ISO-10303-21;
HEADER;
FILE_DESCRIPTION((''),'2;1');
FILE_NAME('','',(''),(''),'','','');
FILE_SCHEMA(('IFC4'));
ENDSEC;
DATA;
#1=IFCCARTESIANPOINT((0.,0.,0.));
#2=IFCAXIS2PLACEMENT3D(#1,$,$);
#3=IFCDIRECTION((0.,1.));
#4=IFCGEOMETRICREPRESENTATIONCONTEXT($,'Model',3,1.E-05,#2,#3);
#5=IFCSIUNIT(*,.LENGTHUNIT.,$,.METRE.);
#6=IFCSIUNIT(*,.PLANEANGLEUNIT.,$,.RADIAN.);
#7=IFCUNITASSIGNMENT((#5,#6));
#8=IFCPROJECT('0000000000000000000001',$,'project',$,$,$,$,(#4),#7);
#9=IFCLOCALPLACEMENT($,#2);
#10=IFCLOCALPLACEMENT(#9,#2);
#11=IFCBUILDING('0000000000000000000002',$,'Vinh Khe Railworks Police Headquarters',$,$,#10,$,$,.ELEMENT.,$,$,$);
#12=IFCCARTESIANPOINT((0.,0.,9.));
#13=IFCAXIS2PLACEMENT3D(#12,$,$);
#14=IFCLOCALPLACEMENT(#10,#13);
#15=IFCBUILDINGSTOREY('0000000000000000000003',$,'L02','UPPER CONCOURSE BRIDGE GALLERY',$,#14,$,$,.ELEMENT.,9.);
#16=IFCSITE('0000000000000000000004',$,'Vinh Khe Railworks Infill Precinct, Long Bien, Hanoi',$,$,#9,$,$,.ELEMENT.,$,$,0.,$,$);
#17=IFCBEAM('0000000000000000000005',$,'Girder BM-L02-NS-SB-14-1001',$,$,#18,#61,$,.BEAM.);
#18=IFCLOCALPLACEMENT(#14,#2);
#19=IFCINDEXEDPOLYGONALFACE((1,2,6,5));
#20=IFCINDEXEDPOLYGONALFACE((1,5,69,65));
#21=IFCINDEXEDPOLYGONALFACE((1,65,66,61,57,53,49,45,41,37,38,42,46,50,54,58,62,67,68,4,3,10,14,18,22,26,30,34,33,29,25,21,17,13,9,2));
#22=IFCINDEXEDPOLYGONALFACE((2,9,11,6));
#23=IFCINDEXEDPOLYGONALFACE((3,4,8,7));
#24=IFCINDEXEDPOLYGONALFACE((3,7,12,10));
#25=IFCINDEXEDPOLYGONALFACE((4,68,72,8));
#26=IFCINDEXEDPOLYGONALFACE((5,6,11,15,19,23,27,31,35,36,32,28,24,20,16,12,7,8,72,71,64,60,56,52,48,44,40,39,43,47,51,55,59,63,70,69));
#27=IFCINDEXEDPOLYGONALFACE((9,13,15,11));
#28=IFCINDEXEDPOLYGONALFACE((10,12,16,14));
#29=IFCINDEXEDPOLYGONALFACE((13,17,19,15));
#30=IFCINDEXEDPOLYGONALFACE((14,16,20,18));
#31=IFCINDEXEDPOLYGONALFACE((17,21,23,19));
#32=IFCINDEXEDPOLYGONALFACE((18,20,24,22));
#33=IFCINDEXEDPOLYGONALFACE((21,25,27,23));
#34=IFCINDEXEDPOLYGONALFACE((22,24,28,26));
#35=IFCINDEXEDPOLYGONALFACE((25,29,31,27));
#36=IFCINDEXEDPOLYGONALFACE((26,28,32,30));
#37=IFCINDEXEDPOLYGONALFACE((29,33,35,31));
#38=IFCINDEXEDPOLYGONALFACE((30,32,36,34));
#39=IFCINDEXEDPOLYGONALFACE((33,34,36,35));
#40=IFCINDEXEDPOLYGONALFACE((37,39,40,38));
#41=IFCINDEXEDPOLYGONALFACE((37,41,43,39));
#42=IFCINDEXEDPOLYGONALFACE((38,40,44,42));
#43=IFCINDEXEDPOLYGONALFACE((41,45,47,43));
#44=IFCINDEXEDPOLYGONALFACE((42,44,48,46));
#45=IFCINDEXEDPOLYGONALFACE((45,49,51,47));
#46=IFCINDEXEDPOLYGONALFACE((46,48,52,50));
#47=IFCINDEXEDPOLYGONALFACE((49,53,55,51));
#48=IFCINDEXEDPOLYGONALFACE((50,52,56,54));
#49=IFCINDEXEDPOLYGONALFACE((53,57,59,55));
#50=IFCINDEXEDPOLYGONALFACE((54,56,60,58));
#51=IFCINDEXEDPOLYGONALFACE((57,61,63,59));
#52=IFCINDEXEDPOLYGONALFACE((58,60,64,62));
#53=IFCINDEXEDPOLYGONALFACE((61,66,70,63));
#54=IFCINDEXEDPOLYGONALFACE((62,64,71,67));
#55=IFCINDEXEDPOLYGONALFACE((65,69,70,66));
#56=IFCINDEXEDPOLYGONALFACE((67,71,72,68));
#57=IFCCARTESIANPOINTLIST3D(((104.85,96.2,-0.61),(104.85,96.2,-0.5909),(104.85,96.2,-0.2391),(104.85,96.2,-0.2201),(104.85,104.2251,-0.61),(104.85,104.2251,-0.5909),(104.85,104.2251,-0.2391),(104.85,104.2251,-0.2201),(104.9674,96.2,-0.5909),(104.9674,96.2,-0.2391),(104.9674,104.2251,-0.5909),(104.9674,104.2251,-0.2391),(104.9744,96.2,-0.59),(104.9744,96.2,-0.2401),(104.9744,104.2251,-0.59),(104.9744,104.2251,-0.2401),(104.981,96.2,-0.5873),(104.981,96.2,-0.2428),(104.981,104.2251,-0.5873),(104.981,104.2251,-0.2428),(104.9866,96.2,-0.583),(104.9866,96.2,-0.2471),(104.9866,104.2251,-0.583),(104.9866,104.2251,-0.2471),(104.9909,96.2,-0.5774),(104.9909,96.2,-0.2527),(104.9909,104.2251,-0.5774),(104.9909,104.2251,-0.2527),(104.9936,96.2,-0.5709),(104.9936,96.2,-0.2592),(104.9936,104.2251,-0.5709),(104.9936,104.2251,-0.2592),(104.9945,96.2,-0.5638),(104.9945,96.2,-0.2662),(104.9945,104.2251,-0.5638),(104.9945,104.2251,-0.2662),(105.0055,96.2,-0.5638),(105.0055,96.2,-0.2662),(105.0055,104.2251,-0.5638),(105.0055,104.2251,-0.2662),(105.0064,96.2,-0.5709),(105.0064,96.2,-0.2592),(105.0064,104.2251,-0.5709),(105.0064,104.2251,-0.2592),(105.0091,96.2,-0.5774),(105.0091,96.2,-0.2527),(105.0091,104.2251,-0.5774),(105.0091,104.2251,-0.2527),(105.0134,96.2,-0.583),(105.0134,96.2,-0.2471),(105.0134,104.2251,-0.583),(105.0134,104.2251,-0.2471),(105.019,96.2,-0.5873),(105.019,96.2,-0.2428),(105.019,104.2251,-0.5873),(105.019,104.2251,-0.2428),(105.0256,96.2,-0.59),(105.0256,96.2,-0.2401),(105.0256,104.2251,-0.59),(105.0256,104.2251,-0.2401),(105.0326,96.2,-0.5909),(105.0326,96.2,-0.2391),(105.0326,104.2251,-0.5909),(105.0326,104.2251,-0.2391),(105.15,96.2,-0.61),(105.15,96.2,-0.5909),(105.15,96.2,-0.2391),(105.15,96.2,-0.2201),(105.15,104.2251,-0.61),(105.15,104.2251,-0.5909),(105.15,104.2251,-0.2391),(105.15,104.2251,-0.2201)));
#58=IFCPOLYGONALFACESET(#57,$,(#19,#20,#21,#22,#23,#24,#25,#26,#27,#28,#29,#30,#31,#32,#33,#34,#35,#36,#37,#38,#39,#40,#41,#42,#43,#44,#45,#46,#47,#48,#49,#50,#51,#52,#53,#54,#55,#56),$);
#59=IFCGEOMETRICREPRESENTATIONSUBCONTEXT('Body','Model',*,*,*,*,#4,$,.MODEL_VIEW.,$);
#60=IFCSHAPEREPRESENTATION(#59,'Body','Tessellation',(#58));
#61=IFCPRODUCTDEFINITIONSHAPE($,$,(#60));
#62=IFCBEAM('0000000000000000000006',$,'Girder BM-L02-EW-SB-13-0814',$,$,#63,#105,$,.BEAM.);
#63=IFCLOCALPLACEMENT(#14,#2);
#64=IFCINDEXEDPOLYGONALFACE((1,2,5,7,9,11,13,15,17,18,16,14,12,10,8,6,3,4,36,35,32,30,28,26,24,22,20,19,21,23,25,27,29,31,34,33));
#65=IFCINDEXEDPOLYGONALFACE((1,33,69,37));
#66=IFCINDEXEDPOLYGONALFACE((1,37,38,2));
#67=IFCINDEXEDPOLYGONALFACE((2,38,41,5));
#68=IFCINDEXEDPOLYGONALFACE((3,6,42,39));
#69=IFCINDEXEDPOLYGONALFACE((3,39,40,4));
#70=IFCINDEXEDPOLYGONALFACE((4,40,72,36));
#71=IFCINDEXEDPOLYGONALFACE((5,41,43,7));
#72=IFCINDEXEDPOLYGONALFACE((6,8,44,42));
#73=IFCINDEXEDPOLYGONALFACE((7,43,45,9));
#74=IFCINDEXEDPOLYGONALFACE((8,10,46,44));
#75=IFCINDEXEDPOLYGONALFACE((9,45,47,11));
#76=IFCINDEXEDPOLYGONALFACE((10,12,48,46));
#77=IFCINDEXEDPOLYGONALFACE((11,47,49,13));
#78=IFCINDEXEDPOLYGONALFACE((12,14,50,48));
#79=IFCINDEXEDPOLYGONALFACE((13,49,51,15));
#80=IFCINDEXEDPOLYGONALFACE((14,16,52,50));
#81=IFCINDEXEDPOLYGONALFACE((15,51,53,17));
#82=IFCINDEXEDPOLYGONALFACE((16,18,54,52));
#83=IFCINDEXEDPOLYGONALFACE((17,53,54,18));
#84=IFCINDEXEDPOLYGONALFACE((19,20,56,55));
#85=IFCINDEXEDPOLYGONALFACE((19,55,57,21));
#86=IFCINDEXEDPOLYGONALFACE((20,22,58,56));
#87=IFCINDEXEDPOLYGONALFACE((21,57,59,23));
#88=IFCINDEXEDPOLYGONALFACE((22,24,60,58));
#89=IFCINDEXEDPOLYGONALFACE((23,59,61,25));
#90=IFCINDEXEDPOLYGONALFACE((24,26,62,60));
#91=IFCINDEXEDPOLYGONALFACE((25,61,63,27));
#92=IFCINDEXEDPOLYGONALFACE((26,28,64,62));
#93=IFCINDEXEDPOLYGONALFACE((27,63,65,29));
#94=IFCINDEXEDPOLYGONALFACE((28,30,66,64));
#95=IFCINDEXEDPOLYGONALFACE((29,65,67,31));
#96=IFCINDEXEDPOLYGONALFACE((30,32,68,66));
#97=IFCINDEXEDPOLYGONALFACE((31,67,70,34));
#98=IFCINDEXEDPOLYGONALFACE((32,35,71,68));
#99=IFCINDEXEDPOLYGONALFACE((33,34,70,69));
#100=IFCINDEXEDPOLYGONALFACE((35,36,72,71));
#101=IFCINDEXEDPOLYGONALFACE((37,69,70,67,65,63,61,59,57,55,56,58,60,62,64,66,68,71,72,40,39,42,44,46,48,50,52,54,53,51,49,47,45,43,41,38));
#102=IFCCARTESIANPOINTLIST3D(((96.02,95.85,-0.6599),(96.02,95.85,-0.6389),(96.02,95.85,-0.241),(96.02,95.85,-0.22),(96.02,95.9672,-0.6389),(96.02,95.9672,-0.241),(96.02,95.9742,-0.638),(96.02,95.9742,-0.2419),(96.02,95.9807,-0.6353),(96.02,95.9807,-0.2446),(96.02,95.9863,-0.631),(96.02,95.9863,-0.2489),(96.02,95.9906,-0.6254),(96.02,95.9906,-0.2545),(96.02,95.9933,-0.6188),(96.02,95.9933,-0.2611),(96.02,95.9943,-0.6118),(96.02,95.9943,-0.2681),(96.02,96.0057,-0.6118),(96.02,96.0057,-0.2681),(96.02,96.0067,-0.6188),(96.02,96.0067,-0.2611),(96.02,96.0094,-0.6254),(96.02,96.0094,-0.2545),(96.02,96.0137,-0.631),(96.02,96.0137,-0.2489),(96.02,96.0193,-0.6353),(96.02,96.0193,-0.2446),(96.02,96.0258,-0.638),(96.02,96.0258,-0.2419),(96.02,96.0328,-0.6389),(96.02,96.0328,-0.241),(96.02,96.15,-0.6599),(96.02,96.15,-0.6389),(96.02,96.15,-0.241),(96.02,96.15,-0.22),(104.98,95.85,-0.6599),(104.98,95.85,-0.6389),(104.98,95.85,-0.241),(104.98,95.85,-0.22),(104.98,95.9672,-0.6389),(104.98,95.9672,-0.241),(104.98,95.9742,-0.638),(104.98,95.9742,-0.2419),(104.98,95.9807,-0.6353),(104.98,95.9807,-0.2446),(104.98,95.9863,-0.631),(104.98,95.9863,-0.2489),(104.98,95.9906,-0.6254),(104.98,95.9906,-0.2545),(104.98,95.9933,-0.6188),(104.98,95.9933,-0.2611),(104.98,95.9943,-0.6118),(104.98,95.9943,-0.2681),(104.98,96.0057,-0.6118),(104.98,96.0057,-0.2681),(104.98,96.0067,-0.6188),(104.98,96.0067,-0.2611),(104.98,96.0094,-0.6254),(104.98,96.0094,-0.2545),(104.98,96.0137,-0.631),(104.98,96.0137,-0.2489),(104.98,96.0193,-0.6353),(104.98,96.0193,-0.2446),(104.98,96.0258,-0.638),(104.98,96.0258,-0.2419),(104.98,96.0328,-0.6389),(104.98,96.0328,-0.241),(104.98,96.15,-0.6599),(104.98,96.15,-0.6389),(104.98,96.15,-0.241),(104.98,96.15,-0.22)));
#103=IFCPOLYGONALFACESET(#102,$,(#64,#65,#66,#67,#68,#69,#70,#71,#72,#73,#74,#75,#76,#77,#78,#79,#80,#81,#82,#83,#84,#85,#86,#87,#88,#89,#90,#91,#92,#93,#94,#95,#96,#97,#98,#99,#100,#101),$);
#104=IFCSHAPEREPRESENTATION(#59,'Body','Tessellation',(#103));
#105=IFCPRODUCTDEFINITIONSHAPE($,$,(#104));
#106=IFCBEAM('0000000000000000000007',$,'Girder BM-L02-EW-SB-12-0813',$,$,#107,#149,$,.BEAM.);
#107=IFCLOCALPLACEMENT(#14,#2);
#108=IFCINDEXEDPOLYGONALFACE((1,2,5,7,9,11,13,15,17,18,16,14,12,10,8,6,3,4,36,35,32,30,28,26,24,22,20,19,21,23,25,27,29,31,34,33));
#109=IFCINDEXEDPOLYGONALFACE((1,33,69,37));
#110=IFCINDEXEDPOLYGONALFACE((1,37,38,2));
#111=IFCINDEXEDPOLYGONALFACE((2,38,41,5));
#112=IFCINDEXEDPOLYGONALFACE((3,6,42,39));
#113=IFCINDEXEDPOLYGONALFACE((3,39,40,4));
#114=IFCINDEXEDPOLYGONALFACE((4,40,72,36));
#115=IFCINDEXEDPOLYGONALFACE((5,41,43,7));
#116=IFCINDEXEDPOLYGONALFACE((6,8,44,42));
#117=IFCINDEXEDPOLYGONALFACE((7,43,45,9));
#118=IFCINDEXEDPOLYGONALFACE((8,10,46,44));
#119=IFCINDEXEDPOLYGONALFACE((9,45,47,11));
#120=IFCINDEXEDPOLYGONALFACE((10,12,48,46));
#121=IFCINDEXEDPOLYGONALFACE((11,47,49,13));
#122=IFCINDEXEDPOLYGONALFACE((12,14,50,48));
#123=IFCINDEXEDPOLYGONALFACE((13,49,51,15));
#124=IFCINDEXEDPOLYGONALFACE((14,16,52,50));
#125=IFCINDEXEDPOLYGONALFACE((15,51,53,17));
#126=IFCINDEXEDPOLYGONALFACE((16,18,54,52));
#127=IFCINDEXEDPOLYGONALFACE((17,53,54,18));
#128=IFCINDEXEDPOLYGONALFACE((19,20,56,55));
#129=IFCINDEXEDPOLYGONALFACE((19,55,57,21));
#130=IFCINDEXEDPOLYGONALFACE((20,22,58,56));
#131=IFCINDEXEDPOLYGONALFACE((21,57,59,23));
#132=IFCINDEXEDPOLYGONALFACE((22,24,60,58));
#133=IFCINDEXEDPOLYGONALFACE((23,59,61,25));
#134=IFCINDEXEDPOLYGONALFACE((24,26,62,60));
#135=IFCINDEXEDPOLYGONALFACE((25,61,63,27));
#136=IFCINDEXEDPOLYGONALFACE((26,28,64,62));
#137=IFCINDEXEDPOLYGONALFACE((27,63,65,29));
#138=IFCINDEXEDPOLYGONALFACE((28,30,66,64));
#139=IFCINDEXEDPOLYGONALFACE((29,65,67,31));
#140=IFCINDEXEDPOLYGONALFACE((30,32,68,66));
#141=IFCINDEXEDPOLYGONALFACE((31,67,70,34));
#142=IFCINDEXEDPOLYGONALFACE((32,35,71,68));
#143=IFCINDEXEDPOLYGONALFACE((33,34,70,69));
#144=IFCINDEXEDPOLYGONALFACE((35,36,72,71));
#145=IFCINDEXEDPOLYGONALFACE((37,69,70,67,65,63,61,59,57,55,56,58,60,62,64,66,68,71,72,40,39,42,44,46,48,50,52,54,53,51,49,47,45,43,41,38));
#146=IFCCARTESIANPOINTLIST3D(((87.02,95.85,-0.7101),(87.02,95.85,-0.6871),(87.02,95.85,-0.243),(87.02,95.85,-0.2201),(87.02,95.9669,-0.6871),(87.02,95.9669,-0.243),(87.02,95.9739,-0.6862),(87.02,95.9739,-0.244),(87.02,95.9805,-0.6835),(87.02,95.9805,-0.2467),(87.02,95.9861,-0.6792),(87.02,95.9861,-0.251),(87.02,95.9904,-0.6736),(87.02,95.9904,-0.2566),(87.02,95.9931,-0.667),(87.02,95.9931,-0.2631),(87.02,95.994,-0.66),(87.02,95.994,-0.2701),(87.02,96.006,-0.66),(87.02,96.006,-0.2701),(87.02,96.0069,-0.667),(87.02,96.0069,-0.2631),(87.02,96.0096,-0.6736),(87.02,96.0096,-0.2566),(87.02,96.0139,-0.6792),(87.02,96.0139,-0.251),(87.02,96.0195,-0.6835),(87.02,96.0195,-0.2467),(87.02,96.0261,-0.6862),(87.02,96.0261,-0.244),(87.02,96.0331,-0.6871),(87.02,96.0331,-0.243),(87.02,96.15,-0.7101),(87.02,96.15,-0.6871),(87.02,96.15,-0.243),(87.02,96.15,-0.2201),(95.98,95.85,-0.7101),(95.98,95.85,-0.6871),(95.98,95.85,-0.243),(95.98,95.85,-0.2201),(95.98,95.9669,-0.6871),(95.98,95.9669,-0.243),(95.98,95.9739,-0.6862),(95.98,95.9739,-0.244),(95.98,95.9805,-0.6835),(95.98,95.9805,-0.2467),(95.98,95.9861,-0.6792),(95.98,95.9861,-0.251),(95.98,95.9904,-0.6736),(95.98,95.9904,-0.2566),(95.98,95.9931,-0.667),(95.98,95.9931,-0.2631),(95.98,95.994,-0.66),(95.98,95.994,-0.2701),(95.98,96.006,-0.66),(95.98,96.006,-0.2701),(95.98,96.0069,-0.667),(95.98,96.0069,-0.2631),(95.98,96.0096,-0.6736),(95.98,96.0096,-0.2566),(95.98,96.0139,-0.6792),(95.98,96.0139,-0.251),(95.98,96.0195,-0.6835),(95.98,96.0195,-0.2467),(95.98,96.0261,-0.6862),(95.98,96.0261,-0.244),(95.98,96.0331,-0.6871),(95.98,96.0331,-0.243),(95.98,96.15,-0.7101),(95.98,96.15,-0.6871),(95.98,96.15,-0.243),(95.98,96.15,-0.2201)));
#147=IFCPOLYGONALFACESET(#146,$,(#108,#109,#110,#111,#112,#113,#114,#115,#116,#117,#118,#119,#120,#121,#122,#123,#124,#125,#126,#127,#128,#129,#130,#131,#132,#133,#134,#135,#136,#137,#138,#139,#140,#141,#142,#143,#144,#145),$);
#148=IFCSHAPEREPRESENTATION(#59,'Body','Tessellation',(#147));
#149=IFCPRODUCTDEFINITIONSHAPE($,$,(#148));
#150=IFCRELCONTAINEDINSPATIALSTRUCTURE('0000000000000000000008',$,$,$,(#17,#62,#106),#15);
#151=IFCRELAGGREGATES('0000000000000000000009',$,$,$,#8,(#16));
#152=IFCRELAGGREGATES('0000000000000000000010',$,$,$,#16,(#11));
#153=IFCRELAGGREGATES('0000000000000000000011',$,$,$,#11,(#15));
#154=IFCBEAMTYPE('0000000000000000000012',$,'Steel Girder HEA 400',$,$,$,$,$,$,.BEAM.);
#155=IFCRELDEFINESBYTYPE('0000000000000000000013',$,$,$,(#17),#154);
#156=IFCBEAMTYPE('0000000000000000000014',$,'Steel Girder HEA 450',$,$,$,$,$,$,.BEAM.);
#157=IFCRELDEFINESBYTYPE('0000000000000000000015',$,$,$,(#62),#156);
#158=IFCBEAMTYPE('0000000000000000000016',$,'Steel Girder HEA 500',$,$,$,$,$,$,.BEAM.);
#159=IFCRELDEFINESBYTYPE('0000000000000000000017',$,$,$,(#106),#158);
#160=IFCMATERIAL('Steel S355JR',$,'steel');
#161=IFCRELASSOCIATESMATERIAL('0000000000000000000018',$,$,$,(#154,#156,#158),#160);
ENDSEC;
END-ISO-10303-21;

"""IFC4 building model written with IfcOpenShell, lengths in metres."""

from ifc_helpers import new_model, si_unit, direction, frame, origin, origin_2d, place, context, subcontext, project, spatial, i_section, extrude, material, material_profile, profile_set, type_object, element, save


model = new_model("IFC4")

# Units and contexts
model_context = context("Model", 3, precision=1e-05, world=origin(), true_north=direction((0.0, 1.0)))
body_context = subcontext(model_context, "Body", "Model", "MODEL_VIEW")
ifc_project = project(units=[si_unit("LENGTHUNIT", "METRE"), si_unit("PLANEANGLEUNIT", "RADIAN")], contexts=[model_context])

# Site, building, storey
site_placement = place(None, origin())
site = spatial("IfcSite", under=ifc_project, at=site_placement, Name="Vinh Khe Railworks Infill Precinct, Long Bien, Hanoi", CompositionType="ELEMENT", RefElevation=0.0)
building_placement = place(site_placement, origin())
building = spatial("IfcBuilding", under=site, at=building_placement, Name="Vinh Khe Railworks Police Headquarters", CompositionType="ELEMENT")
storey_placement = place(building_placement, frame((0.0, 0.0, 9.0)))
storey = spatial("IfcBuildingStorey", under=building, at=storey_placement, Name="L02", Description="UPPER CONCOURSE BRIDGE GALLERY", CompositionType="ELEMENT", Elevation=9.0)

# Shared definitions
ifc_material_1 = material(Name="Steel S355JR", Category="steel")

# Beams
ifc_material_profile_1 = material_profile(ifc_material_1, i_section(OverallWidth=0.3, OverallDepth=0.3899, WebThickness=0.011, FlangeThickness=0.019, FilletRadius=0.0271, at=origin_2d()), Name="HEA 400")
ifc_profile_set_1 = profile_set([ifc_material_profile_1], Name="Steel S355JR")
beam_type_1 = type_object("IfcBeamType", Name="Steel Girder HEA 400", PredefinedType="BEAM", material=ifc_profile_set_1)
for number, where, z_axis, x_axis, name in (
    (1, (105.0, 96.2, -0.415), (0.0, 1.0, 0.0), (-1.0, 0.0, 0.0), "Girder BM-L02-NS-SB-14-1001"),
):
    element("IfcBeam", number, at=place(storey_placement, frame(where, z_axis=z_axis, x_axis=x_axis)), inside=storey, type_object=beam_type_1, Name=name, PredefinedType="BEAM", context=body_context, shape_type="SweptSolid", body=[
        extrude(i_section(OverallWidth=0.3, OverallDepth=0.3899, WebThickness=0.011, FlangeThickness=0.019, FilletRadius=0.0271, at=origin_2d()), origin(), (0.0, 0.0, 1.0), 8.0251),
    ])
ifc_material_profile_2 = material_profile(ifc_material_1, i_section(OverallWidth=0.3, OverallDepth=0.4399, WebThickness=0.0115, FlangeThickness=0.021, FilletRadius=0.0271, at=origin_2d()), Name="HEA 450")
ifc_profile_set_2 = profile_set([ifc_material_profile_2], Name="Steel S355JR")
beam_type_2 = type_object("IfcBeamType", Name="Steel Girder HEA 450", PredefinedType="BEAM", material=ifc_profile_set_2)
beam_1_placement = place(storey_placement, frame((96.02, 96.0, -0.4399), z_axis=(1.0, 0.0, 0.0), x_axis=(0.0, 1.0, 0.0)))
element("IfcBeam", 2, at=beam_1_placement, inside=storey, type_object=beam_type_2, Name="Girder BM-L02-EW-SB-13-0814", PredefinedType="BEAM", context=body_context, shape_type="SweptSolid", body=[
    extrude(i_section(OverallWidth=0.3, OverallDepth=0.4399, WebThickness=0.0115, FlangeThickness=0.021, FilletRadius=0.0271, at=origin_2d()), origin(), (0.0, 0.0, 1.0), 8.96),
])
ifc_material_profile_3 = material_profile(ifc_material_1, i_section(OverallWidth=0.3, OverallDepth=0.49, WebThickness=0.012, FlangeThickness=0.0229, FilletRadius=0.0271, at=origin_2d()), Name="HEA 500")
ifc_profile_set_3 = profile_set([ifc_material_profile_3], Name="Steel S355JR")
beam_type_3 = type_object("IfcBeamType", Name="Steel Girder HEA 500", PredefinedType="BEAM", material=ifc_profile_set_3)
beam_2_placement = place(storey_placement, frame((87.02, 96.0, -0.4651), z_axis=(1.0, 0.0, 0.0), x_axis=(0.0, 1.0, 0.0)))
element("IfcBeam", 3, at=beam_2_placement, inside=storey, type_object=beam_type_3, Name="Girder BM-L02-EW-SB-12-0813", PredefinedType="BEAM", context=body_context, shape_type="SweptSolid", body=[
    extrude(i_section(OverallWidth=0.3, OverallDepth=0.49, WebThickness=0.012, FlangeThickness=0.0229, FilletRadius=0.0271, at=origin_2d()), origin(), (0.0, 0.0, 1.0), 8.96),
])

save(model, "model.ifc")
